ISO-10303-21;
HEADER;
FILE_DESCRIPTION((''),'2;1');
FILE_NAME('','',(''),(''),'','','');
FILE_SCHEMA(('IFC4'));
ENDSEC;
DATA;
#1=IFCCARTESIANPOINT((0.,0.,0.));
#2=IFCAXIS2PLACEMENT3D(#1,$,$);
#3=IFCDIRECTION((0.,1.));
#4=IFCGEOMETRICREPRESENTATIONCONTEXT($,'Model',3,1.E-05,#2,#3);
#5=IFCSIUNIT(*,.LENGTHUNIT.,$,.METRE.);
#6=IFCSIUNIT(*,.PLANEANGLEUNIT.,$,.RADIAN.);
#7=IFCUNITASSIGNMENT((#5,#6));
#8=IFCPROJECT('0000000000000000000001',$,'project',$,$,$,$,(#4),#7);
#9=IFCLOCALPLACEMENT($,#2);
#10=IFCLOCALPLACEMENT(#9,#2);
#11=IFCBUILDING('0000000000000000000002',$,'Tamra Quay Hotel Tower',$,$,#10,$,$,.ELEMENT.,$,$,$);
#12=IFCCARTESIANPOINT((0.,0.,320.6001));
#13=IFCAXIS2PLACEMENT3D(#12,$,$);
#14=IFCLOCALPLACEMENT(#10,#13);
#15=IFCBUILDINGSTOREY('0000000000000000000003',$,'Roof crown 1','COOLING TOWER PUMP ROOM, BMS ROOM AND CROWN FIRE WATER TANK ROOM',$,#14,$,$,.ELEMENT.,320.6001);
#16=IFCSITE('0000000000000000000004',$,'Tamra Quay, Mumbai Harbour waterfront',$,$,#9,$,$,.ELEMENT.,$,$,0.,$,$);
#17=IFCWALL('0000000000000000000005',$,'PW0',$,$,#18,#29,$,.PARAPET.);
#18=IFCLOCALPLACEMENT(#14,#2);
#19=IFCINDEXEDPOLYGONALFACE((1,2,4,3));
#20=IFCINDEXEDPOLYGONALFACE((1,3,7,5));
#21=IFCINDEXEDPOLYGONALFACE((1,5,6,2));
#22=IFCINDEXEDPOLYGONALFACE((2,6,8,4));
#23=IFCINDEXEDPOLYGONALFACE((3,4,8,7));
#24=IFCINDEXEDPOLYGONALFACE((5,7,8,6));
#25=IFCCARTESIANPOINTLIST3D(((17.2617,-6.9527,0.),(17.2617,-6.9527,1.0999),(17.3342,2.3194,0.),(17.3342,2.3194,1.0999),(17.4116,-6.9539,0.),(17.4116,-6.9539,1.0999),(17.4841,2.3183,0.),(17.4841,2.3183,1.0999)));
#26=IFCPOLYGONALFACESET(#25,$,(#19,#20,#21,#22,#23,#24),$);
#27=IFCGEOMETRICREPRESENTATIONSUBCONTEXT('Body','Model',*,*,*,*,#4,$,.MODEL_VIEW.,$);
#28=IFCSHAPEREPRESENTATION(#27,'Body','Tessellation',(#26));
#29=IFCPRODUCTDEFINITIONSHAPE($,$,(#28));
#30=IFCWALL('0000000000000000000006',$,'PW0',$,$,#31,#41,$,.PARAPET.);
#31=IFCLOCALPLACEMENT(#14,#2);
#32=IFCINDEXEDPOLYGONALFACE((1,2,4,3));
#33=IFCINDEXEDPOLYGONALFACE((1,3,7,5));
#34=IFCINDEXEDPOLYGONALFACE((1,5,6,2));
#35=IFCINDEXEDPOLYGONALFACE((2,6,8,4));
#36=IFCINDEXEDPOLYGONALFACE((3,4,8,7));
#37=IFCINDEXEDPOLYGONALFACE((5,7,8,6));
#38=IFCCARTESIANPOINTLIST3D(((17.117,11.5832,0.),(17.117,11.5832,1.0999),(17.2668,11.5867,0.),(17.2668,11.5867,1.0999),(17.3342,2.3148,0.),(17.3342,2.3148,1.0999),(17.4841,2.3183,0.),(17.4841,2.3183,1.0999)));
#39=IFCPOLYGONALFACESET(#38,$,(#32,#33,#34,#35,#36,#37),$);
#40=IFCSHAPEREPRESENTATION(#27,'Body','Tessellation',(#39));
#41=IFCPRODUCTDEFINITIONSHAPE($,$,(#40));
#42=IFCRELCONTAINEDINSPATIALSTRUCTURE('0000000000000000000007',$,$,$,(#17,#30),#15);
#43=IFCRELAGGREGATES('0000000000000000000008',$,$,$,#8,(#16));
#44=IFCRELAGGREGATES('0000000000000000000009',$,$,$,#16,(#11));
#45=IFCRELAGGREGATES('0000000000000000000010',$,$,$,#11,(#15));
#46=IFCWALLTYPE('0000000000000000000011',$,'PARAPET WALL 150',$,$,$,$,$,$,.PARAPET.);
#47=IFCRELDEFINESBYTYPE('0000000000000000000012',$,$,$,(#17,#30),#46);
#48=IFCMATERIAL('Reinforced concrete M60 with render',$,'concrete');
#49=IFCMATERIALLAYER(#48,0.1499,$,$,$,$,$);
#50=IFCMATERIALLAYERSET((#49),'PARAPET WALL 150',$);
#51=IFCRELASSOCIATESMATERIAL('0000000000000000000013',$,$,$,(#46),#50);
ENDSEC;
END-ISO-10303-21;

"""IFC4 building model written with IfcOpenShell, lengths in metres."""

from ifc_helpers import new_model, si_unit, direction, frame, frame_2d, origin, place, context, subcontext, project, spatial, rectangle, extrude, material, layer, layer_set, type_object, element, save


model = new_model("IFC4")

# Units and contexts
model_context = context("Model", 3, precision=1e-05, world=origin(), true_north=direction((0.0, 1.0)))
body_context = subcontext(model_context, "Body", "Model", "MODEL_VIEW")
ifc_project = project(units=[si_unit("LENGTHUNIT", "METRE"), si_unit("PLANEANGLEUNIT", "RADIAN")], contexts=[model_context])

# Site, building, storey
site_placement = place(None, origin())
site = spatial("IfcSite", under=ifc_project, at=site_placement, Name="Tamra Quay, Mumbai Harbour waterfront", CompositionType="ELEMENT", RefElevation=0.0)
building_placement = place(site_placement, origin())
building = spatial("IfcBuilding", under=site, at=building_placement, Name="Tamra Quay Hotel Tower", CompositionType="ELEMENT")
storey_placement = place(building_placement, frame((0.0, 0.0, 320.6001)))
storey = spatial("IfcBuildingStorey", under=building, at=storey_placement, Name="Roof crown 1", Description="COOLING TOWER PUMP ROOM, BMS ROOM AND CROWN FIRE WATER TANK ROOM", CompositionType="ELEMENT", Elevation=320.6001)

# Walls
ifc_material_1 = material(Name="Reinforced concrete M60 with render", Category="concrete")
ifc_layer_1 = layer(ifc_material_1, 0.1499)
ifc_layer_set_1 = layer_set([ifc_layer_1], Name="PARAPET WALL 150")
wall_type_1 = type_object("IfcWallType", Name="PARAPET WALL 150", PredefinedType="PARAPET", material=ifc_layer_set_1)
wall_1_placement = place(storey_placement, frame((17.4092, 2.3188, 0.0), z_axis=(0.0, 0.0, 1.0), x_axis=(-0.00782, -0.999969, 0.0)))
element("IfcWall", 1, at=wall_1_placement, inside=storey, type_object=wall_type_1, Name="PW0", PredefinedType="PARAPET", context=body_context, shape_type="SweptSolid", body=[
    extrude(rectangle(XDim=9.2725, YDim=0.1499, at=frame_2d((4.6362, 0.0))), origin(), (0.0, 0.0, 1.0), 1.0999),
])
wall_2_placement = place(storey_placement, frame((17.1919, 11.585, 0.0), z_axis=(0.0, 0.0, 1.0), x_axis=(0.023437, -0.999725, 0.0)))
element("IfcWall", 2, at=wall_2_placement, inside=storey, type_object=wall_type_1, Name="PW0", PredefinedType="PARAPET", context=body_context, shape_type="SweptSolid", body=[
    extrude(rectangle(XDim=9.271, YDim=0.1499, at=frame_2d((4.6355, 0.0))), origin(), (0.0, 0.0, 1.0), 1.0999),
])

save(model, "model.ifc")
